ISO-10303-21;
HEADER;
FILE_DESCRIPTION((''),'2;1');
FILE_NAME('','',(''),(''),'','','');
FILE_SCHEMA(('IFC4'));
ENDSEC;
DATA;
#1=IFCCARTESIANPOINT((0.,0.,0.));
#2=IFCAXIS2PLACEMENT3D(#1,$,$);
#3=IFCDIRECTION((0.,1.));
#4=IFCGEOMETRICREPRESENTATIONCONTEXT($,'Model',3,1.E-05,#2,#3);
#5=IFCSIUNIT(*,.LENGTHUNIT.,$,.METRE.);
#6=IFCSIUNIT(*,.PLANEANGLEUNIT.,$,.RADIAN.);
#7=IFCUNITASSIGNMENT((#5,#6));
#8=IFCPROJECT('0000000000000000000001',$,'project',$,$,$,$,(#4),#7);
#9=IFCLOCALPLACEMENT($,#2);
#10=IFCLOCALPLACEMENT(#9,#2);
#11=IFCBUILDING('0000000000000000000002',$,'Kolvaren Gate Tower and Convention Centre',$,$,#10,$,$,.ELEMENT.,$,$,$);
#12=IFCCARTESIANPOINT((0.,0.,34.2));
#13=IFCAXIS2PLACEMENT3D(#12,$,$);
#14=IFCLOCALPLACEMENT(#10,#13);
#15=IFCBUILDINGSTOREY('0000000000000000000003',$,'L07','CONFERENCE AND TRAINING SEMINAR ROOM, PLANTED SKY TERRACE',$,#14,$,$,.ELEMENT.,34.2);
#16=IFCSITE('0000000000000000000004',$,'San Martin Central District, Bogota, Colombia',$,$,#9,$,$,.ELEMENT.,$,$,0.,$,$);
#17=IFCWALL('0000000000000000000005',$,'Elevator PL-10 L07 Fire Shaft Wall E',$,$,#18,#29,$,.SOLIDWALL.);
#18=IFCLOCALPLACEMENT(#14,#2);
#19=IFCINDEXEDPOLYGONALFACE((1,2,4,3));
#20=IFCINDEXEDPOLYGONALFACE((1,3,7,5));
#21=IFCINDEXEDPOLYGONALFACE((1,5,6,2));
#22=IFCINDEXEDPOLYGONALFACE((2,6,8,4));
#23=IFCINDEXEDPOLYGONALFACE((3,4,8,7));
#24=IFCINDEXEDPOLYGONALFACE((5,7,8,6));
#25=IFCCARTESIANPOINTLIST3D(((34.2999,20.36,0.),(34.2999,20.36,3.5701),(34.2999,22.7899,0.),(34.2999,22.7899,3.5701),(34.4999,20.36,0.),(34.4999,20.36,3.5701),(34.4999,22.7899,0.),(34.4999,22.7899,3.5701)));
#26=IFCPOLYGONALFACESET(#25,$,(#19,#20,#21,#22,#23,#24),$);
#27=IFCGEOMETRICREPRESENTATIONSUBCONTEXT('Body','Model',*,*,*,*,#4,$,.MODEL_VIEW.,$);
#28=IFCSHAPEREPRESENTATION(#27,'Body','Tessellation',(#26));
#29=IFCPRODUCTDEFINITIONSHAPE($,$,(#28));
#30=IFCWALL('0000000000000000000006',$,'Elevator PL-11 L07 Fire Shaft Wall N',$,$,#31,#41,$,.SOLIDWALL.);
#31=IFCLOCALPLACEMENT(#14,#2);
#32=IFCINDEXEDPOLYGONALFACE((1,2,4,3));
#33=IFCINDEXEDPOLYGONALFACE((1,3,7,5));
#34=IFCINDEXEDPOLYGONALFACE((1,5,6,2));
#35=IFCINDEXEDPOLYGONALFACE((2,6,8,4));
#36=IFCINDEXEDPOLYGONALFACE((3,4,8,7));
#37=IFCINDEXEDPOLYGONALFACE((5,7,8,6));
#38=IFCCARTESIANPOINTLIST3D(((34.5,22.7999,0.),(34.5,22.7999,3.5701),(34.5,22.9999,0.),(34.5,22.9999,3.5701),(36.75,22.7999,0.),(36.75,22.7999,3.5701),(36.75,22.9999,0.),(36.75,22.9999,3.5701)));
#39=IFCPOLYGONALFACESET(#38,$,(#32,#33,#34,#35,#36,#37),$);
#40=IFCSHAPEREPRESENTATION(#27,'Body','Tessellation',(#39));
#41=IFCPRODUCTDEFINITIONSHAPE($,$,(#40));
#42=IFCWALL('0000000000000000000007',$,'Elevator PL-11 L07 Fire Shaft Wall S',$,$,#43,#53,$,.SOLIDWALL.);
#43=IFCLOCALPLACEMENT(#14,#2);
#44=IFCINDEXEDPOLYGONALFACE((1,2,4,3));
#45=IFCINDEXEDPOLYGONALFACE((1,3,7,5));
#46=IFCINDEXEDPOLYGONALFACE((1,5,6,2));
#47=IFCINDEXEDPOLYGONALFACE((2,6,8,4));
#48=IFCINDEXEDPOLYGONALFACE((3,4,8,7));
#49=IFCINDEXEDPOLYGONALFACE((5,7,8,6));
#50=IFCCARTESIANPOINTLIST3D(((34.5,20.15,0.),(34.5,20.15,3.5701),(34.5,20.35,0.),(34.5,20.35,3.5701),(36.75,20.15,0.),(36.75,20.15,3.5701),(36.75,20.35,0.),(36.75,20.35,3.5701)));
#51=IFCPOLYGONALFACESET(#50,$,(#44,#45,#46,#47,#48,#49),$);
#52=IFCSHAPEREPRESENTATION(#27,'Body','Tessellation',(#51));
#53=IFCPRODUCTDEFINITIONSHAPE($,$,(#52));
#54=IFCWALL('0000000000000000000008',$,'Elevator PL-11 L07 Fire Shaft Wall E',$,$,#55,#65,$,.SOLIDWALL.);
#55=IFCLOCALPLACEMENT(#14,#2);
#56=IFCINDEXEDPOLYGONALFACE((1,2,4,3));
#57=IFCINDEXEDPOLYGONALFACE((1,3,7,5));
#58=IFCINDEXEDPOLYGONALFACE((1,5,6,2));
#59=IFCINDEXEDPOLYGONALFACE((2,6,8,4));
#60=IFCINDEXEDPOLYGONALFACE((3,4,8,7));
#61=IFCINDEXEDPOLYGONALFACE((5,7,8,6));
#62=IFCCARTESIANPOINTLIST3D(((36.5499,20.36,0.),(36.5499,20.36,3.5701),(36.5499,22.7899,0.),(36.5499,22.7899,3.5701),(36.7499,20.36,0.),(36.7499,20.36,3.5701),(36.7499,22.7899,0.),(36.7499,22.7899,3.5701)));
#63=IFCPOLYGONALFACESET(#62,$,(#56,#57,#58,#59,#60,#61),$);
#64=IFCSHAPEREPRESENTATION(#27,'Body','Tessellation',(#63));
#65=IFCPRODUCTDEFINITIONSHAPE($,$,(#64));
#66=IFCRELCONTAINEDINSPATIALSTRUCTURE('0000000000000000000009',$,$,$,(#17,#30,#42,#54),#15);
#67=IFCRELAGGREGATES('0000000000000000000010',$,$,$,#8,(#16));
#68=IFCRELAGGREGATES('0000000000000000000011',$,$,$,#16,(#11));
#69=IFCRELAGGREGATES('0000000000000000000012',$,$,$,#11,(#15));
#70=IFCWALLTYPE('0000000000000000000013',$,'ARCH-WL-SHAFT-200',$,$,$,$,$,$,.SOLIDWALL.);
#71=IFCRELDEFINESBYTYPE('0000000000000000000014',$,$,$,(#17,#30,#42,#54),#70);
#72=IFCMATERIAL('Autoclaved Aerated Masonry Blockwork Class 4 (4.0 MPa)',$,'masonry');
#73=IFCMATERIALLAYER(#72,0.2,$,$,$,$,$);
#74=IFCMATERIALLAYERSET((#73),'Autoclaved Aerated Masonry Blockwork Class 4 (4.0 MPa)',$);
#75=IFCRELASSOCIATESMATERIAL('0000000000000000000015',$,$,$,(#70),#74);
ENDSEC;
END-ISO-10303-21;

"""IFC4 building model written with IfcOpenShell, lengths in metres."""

from ifc_helpers import new_model, si_unit, direction, frame, frame_2d, origin, place, context, subcontext, project, spatial, rectangle, extrude, material, layer, layer_set, type_object, element, save


model = new_model("IFC4")

# Units and contexts
model_context = context("Model", 3, precision=1e-05, world=origin(), true_north=direction((0.0, 1.0)))
body_context = subcontext(model_context, "Body", "Model", "MODEL_VIEW")
ifc_project = project(units=[si_unit("LENGTHUNIT", "METRE"), si_unit("PLANEANGLEUNIT", "RADIAN")], contexts=[model_context])

# Site, building, storey
site_placement = place(None, origin())
site = spatial("IfcSite", under=ifc_project, at=site_placement, Name="San Martin Central District, Bogota, Colombia", CompositionType="ELEMENT", RefElevation=0.0)
building_placement = place(site_placement, origin())
building = spatial("IfcBuilding", under=site, at=building_placement, Name="Kolvaren Gate Tower and Convention Centre", CompositionType="ELEMENT")
storey_placement = place(building_placement, frame((0.0, 0.0, 34.2)))
storey = spatial("IfcBuildingStorey", under=building, at=storey_placement, Name="L07", Description="CONFERENCE AND TRAINING SEMINAR ROOM, PLANTED SKY TERRACE", CompositionType="ELEMENT", Elevation=34.2)

# Walls
ifc_material_1 = material(Name="Autoclaved Aerated Masonry Blockwork Class 4 (4.0 MPa)", Category="masonry")
ifc_layer_1 = layer(ifc_material_1, 0.2)
ifc_layer_set_1 = layer_set([ifc_layer_1], Name="Autoclaved Aerated Masonry Blockwork Class 4 (4.0 MPa)")
wall_type_1 = type_object("IfcWallType", Name="ARCH-WL-SHAFT-200", PredefinedType="SOLIDWALL", material=ifc_layer_set_1)
wall_1_placement = place(storey_placement, frame((34.3999, 20.3601, 0.0), z_axis=(0.0, 0.0, 1.0), x_axis=(0.0, 1.0, 0.0)))
element("IfcWall", 1, at=wall_1_placement, inside=storey, type_object=wall_type_1, Name="Elevator PL-10 L07 Fire Shaft Wall E", PredefinedType="SOLIDWALL", context=body_context, shape_type="SweptSolid", body=[
    extrude(rectangle(XDim=2.4299, YDim=0.2, at=frame_2d((1.2148, 0.0))), origin(), (0.0, 0.0, 1.0), 3.5701),
])
for number, where, z_axis, x_axis, name in (
    (2, (34.5, 22.8999, 0.0), (0.0, 0.0, 1.0), (1.0, 0.0, 0.0), "Elevator PL-11 L07 Fire Shaft Wall N"),
    (3, (34.5, 20.25, 0.0), (0.0, 0.0, 1.0), (1.0, 0.0, 0.0), "Elevator PL-11 L07 Fire Shaft Wall S"),
):
    element("IfcWall", number, at=place(storey_placement, frame(where, z_axis=z_axis, x_axis=x_axis)), inside=storey, type_object=wall_type_1, Name=name, PredefinedType="SOLIDWALL", context=body_context, shape_type="SweptSolid", body=[
        extrude(rectangle(XDim=2.25, YDim=0.2, at=frame_2d((1.125, 0.0))), origin(), (0.0, 0.0, 1.0), 3.5701),
    ])
wall_2_placement = place(storey_placement, frame((36.6499, 20.3601, 0.0), z_axis=(0.0, 0.0, 1.0), x_axis=(0.0, 1.0, 0.0)))
element("IfcWall", 4, at=wall_2_placement, inside=storey, type_object=wall_type_1, Name="Elevator PL-11 L07 Fire Shaft Wall E", PredefinedType="SOLIDWALL", context=body_context, shape_type="SweptSolid", body=[
    extrude(rectangle(XDim=2.4299, YDim=0.2, at=frame_2d((1.2148, 0.0))), origin(), (0.0, 0.0, 1.0), 3.5701),
])

save(model, "model.ifc")
